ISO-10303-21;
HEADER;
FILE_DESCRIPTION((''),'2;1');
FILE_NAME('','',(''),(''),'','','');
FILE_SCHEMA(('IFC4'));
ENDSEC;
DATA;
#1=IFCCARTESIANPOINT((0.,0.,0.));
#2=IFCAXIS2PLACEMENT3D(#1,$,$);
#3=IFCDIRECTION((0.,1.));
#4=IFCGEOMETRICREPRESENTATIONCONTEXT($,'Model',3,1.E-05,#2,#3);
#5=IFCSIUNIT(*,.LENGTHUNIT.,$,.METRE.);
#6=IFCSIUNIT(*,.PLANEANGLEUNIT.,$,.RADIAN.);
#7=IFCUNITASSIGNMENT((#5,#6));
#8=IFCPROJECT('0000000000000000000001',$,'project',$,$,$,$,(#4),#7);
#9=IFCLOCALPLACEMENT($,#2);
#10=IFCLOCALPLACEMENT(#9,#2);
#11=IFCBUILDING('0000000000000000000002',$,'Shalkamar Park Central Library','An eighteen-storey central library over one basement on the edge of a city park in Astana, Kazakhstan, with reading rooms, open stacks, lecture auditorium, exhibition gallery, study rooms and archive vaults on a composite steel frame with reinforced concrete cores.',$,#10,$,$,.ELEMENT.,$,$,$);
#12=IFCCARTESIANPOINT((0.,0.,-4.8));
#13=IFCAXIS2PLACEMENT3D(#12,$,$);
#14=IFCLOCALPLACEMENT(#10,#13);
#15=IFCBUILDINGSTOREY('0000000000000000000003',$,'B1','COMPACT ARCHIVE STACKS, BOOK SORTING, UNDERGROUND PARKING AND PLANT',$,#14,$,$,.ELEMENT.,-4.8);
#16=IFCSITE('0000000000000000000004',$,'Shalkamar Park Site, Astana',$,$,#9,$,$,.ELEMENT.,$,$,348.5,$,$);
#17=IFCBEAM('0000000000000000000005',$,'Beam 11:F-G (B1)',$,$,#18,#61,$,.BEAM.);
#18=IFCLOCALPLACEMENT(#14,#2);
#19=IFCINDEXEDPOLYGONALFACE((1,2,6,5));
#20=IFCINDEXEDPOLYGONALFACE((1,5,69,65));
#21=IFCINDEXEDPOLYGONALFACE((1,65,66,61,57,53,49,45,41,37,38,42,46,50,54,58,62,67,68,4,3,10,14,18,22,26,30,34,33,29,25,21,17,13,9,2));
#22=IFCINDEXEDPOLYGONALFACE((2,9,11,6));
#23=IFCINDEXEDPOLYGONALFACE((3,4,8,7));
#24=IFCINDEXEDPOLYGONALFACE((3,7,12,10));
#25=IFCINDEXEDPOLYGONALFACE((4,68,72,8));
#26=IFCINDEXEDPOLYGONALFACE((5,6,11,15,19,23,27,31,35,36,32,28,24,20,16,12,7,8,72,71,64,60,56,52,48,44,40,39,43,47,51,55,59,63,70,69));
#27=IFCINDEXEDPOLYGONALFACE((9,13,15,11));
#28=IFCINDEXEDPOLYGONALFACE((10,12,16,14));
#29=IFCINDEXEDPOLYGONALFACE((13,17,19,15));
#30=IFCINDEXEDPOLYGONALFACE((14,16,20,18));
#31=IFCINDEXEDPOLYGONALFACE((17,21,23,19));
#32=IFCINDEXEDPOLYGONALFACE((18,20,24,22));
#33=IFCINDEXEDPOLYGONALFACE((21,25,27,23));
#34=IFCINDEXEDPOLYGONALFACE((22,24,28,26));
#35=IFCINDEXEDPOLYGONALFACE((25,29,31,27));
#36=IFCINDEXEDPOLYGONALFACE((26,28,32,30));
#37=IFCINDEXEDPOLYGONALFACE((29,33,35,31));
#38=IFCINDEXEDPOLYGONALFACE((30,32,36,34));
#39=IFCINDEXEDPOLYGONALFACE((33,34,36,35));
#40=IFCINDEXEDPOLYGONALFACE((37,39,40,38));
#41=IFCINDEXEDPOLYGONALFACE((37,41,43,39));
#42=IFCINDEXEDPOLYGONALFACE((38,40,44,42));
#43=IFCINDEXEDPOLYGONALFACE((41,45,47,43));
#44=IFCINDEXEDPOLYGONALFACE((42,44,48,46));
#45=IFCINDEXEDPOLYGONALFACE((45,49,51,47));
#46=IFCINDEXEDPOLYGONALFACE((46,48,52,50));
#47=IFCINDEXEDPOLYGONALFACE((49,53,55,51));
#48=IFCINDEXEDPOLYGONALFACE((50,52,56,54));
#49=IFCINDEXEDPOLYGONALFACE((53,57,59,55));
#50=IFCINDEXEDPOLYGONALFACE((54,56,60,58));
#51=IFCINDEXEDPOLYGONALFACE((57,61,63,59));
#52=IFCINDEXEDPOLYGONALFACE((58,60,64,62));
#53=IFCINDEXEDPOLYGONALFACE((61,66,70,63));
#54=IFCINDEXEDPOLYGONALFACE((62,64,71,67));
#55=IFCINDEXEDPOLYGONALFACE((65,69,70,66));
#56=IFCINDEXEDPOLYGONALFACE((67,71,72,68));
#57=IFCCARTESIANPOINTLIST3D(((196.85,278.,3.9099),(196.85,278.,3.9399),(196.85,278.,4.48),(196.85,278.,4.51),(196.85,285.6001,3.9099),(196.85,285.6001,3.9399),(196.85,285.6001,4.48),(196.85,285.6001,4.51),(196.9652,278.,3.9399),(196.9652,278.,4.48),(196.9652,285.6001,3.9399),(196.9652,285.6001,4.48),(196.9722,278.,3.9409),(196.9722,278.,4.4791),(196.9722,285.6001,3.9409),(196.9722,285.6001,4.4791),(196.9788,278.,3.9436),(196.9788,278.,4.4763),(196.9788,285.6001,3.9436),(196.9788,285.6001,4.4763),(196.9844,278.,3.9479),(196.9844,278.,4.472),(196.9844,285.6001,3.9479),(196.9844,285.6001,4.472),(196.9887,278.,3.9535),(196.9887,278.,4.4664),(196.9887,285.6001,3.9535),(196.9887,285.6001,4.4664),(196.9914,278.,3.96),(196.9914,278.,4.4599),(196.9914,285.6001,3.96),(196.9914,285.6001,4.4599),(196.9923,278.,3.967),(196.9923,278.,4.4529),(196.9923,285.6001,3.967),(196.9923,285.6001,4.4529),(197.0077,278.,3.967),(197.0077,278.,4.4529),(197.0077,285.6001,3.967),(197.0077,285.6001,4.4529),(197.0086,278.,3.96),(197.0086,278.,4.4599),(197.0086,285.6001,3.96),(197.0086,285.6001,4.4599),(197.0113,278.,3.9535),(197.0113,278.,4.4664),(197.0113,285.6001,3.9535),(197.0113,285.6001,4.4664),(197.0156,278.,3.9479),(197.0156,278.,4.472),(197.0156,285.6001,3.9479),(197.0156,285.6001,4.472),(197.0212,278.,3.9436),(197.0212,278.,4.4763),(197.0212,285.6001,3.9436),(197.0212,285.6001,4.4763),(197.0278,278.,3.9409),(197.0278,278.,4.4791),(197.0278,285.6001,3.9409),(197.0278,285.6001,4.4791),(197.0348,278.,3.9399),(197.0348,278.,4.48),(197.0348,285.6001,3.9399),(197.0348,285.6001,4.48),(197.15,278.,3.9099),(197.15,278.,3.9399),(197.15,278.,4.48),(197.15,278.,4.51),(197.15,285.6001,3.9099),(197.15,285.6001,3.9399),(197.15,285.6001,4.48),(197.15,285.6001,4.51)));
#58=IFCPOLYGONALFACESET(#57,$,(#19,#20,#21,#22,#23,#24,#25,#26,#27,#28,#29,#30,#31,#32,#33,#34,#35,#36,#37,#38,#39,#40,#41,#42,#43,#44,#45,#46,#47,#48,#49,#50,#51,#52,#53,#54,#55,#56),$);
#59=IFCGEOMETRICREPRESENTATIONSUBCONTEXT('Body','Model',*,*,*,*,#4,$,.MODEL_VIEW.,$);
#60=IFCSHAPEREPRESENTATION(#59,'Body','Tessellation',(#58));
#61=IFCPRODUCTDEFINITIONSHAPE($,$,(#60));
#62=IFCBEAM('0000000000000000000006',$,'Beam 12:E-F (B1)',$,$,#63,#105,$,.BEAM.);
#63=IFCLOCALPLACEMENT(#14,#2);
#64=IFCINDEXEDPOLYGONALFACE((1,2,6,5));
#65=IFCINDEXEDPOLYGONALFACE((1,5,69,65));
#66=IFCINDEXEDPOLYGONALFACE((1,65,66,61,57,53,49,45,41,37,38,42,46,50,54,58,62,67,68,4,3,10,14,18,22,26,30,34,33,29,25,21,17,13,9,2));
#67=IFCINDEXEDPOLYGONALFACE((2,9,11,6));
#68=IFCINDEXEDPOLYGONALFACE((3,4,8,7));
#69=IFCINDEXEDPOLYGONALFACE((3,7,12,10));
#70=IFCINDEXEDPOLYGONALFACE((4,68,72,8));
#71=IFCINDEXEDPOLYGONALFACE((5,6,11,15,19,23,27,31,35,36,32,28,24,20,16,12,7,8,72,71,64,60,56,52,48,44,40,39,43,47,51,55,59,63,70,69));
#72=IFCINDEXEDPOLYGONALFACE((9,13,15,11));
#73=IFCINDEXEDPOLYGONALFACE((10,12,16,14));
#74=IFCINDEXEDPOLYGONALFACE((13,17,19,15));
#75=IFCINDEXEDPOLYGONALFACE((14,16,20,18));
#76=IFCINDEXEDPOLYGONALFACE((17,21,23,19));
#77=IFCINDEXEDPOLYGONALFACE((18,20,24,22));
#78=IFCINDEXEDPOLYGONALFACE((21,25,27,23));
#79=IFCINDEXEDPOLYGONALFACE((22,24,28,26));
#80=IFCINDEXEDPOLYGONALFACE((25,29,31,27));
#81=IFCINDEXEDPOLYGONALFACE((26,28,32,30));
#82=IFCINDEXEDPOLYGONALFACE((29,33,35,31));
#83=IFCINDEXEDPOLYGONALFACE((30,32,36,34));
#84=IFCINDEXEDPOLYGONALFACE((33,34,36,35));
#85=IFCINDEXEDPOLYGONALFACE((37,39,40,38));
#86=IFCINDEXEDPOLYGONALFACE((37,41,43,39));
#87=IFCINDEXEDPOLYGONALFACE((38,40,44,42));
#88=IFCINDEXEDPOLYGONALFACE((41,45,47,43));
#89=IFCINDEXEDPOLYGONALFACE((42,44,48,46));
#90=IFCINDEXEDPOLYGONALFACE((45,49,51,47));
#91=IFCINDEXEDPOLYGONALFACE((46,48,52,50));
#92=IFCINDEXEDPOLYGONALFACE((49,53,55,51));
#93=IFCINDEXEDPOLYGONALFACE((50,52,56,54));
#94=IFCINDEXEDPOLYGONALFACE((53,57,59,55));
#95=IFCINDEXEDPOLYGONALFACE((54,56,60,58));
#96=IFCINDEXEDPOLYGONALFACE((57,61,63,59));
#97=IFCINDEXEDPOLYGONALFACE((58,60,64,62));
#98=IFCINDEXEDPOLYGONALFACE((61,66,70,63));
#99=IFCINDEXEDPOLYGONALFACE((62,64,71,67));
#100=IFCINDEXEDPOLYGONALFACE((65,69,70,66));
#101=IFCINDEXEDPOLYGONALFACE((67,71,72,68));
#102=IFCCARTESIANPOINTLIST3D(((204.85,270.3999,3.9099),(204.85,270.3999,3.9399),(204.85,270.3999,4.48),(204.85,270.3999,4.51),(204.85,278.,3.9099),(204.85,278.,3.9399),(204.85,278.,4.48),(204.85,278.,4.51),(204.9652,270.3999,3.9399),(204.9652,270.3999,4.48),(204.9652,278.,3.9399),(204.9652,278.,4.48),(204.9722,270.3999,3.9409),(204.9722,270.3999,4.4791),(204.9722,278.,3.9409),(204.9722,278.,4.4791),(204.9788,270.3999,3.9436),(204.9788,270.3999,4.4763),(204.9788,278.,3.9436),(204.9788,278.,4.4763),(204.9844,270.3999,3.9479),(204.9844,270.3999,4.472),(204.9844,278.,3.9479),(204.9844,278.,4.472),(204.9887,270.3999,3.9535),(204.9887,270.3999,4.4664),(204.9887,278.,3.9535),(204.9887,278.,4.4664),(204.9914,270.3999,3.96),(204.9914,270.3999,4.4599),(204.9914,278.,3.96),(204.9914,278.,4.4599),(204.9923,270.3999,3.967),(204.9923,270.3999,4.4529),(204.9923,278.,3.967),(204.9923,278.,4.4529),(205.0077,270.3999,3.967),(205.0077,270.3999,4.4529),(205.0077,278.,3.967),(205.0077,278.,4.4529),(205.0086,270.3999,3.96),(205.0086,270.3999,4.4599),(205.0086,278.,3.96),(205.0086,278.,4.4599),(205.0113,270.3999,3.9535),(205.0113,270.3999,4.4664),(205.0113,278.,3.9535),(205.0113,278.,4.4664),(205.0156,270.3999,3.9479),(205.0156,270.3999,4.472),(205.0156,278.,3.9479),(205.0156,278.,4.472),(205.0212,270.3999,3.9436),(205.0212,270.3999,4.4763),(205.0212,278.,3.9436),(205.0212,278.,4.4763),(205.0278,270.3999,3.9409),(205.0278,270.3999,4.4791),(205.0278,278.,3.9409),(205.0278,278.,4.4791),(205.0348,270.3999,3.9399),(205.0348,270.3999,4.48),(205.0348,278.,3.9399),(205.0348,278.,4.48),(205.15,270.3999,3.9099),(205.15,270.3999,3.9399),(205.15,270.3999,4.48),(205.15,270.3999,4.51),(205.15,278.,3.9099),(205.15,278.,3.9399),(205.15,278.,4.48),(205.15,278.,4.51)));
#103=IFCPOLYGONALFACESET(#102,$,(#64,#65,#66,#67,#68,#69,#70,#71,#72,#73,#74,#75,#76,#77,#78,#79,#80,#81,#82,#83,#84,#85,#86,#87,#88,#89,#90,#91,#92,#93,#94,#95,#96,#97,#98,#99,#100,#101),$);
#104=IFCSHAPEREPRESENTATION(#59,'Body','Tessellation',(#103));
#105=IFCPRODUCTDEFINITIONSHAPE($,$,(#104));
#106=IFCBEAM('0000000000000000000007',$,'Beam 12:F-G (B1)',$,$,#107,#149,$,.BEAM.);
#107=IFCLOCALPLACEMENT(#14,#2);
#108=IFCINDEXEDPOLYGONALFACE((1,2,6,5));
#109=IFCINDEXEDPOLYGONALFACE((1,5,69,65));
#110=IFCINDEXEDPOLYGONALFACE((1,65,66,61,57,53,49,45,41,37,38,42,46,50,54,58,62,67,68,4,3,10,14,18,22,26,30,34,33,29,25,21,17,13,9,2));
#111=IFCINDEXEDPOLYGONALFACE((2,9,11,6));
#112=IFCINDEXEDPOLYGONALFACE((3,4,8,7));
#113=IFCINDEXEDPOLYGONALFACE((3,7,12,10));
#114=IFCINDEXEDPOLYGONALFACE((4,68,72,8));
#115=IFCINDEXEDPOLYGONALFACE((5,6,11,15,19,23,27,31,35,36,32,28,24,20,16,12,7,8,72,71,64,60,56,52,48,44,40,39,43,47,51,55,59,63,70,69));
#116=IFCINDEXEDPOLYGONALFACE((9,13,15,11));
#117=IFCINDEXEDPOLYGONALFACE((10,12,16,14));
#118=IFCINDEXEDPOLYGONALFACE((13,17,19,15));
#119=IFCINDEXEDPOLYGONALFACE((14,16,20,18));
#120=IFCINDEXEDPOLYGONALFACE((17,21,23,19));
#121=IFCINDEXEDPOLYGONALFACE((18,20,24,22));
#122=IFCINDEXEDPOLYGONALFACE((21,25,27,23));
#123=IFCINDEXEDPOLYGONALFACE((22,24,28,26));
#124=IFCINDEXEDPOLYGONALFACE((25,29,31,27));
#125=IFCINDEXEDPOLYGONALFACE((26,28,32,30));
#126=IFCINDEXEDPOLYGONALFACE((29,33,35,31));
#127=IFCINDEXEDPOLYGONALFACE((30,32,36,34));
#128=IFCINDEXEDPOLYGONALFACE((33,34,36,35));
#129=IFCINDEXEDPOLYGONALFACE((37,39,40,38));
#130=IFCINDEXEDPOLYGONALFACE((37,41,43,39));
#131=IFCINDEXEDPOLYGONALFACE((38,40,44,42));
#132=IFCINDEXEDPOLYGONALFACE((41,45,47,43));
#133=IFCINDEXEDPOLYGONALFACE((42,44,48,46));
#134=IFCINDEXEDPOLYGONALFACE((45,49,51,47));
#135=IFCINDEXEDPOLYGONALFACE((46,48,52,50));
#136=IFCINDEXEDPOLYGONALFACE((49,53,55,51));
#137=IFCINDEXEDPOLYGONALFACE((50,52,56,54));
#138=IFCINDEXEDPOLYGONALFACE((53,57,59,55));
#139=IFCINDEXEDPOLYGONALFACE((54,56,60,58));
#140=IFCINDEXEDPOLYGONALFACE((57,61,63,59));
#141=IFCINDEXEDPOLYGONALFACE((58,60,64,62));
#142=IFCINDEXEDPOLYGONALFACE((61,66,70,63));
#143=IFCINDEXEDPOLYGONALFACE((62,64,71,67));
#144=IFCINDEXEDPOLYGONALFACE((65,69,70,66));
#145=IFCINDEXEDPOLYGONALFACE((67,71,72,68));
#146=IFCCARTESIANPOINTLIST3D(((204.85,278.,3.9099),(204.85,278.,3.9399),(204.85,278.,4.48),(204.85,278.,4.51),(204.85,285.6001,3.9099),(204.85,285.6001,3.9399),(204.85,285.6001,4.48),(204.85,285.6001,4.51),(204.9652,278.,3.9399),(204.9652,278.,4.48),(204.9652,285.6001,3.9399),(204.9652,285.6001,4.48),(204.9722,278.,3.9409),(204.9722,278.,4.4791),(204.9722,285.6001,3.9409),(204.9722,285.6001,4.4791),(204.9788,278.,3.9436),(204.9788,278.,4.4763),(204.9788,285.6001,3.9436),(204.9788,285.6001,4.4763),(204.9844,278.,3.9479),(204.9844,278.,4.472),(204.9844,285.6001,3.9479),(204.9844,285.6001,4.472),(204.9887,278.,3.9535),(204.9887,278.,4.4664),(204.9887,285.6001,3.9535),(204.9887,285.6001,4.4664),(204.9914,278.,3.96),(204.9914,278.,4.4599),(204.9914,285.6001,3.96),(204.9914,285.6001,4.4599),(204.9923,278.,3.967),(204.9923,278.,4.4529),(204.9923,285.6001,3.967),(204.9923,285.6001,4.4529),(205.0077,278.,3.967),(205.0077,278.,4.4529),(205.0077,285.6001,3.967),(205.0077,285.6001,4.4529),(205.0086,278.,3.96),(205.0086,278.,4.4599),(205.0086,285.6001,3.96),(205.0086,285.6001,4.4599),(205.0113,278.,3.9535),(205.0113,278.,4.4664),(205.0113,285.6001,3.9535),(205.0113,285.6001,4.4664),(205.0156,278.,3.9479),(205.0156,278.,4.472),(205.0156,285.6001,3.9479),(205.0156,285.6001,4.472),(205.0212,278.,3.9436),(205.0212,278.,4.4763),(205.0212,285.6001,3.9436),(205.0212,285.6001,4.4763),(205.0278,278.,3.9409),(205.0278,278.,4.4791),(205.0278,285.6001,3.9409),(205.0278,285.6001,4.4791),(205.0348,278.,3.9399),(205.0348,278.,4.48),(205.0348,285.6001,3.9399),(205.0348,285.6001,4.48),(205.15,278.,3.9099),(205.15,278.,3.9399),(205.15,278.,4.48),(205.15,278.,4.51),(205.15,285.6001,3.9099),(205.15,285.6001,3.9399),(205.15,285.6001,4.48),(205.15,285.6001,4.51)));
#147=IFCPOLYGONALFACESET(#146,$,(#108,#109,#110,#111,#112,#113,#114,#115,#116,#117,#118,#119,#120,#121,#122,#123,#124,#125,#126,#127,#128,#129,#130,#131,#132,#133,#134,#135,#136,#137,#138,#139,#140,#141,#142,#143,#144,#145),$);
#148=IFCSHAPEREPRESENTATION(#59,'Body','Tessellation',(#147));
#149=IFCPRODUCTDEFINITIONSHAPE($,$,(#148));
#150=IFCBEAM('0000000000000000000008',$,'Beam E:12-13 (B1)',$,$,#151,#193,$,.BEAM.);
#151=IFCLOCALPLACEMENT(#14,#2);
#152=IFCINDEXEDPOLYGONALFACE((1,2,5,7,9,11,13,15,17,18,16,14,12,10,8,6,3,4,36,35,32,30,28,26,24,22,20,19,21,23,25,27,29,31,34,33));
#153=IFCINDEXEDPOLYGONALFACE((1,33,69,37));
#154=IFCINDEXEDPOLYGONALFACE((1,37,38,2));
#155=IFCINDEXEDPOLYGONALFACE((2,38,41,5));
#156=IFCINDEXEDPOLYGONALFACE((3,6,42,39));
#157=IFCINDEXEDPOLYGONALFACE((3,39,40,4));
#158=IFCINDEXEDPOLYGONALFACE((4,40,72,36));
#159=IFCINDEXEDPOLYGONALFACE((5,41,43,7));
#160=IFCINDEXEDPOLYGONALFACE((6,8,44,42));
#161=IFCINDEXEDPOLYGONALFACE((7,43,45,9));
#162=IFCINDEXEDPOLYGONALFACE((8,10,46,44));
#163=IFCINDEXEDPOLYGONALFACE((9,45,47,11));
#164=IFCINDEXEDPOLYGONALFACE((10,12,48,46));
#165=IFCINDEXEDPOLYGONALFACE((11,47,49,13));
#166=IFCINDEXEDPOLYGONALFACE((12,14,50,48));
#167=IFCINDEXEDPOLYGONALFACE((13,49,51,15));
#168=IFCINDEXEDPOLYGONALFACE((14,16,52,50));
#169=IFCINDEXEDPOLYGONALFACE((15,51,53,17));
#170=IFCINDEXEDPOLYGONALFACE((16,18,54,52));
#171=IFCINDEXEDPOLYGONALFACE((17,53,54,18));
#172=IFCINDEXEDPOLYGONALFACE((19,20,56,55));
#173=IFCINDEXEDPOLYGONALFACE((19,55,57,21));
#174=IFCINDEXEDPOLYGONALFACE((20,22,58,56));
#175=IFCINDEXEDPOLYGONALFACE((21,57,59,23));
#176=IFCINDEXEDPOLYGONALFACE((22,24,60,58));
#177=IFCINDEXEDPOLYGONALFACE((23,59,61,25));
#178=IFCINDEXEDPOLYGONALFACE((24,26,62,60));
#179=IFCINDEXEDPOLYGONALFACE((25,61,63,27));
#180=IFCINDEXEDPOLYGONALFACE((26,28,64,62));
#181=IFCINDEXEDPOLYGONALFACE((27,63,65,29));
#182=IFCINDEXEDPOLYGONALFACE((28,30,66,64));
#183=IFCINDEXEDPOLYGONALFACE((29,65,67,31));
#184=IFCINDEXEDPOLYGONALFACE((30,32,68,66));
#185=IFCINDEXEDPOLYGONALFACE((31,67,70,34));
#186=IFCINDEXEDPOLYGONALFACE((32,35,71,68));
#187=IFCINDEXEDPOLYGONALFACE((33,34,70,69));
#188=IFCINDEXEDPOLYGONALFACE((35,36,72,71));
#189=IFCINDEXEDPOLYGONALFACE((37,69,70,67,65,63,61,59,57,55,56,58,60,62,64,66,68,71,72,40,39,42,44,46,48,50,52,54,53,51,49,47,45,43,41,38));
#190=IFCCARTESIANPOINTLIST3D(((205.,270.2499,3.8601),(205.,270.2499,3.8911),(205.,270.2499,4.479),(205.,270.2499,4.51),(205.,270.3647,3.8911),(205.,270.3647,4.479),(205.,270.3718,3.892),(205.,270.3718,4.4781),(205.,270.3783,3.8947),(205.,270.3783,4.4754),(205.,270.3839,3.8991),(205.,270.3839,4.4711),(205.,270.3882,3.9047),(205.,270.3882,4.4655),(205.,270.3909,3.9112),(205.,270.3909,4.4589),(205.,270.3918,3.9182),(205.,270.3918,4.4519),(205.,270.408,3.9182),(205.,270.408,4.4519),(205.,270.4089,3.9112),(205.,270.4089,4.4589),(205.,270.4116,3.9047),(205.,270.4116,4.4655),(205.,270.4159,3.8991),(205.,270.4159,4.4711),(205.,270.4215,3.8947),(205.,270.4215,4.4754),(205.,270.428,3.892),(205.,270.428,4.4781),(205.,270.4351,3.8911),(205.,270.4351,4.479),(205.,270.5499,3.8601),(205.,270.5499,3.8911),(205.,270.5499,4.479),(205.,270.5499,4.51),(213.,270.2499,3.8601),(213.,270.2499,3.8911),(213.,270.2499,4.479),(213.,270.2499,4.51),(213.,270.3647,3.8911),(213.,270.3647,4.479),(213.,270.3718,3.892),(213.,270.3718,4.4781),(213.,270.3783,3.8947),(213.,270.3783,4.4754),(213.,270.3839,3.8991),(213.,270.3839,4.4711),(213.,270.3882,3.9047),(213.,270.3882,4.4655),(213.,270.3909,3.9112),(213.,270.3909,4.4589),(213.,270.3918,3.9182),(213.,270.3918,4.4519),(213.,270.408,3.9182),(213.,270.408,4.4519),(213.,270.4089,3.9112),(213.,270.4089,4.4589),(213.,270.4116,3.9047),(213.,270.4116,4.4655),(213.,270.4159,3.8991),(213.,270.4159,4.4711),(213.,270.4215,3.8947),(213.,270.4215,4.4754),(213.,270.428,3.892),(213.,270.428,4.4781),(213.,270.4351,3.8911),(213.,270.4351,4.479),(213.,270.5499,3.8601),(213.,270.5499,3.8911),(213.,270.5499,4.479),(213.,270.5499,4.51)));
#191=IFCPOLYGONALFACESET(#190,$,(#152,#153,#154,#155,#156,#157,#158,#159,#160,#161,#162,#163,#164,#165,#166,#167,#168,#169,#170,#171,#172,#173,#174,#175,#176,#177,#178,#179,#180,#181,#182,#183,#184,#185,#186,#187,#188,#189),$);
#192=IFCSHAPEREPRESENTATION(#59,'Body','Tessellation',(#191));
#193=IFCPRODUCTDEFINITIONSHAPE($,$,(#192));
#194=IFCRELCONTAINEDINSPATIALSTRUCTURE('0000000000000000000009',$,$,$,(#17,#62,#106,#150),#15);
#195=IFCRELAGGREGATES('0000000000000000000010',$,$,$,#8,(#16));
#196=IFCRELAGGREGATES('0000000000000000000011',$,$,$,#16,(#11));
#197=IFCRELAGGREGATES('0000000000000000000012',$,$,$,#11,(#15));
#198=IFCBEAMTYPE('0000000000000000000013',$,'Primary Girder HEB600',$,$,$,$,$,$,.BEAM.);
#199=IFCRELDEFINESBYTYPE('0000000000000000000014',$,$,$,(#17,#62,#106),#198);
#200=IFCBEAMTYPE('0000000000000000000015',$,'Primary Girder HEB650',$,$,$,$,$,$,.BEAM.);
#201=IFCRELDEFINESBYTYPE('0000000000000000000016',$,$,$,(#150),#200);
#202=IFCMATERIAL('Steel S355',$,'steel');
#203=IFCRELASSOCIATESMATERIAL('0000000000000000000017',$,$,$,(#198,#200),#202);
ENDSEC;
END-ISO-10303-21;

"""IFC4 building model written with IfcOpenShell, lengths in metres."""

from ifc_helpers import new_model, si_unit, direction, frame, origin, origin_2d, place, context, subcontext, project, spatial, i_section, extrude, material, material_profile, profile_set, type_object, element, save


model = new_model("IFC4")

# Units and contexts
model_context = context("Model", 3, precision=1e-05, world=origin(), true_north=direction((0.0, 1.0)))
body_context = subcontext(model_context, "Body", "Model", "MODEL_VIEW")
ifc_project = project(units=[si_unit("LENGTHUNIT", "METRE"), si_unit("PLANEANGLEUNIT", "RADIAN")], contexts=[model_context])

# Site, building, storey
site_placement = place(None, origin())
site = spatial("IfcSite", under=ifc_project, at=site_placement, Name="Shalkamar Park Site, Astana", CompositionType="ELEMENT", RefElevation=348.5)
building_placement = place(site_placement, origin())
building = spatial("IfcBuilding", under=site, at=building_placement, Name="Shalkamar Park Central Library", Description="An eighteen-storey central library over one basement on the edge of a city park in Astana, Kazakhstan, with reading rooms, open stacks, lecture auditorium, exhibition gallery, study rooms and archive vaults on a composite steel frame with reinforced concrete cores.", CompositionType="ELEMENT")
storey_placement = place(building_placement, frame((0.0, 0.0, -4.8)))
storey = spatial("IfcBuildingStorey", under=building, at=storey_placement, Name="B1", Description="COMPACT ARCHIVE STACKS, BOOK SORTING, UNDERGROUND PARKING AND PLANT", CompositionType="ELEMENT", Elevation=-4.8)

# Shared definitions
ifc_material_1 = material(Name="Steel S355", Category="steel")

# Beams
ifc_material_profile_1 = material_profile(ifc_material_1, i_section(OverallWidth=0.3, OverallDepth=0.6001, WebThickness=0.0154, FlangeThickness=0.03, FilletRadius=0.0271, at=origin_2d()), Name="HEB 600")
ifc_profile_set_1 = profile_set([ifc_material_profile_1], Name="Steel S355")
beam_type_1 = type_object("IfcBeamType", Name="Primary Girder HEB600", PredefinedType="BEAM", material=ifc_profile_set_1)
for number, where, z_axis, x_axis, name in (
    (1, (197.0, 278.0, 4.21), (0.0, 1.0, 0.0), (-1.0, 0.0, 0.0), "Beam 11:F-G (B1)"),
    (2, (205.0, 270.3999, 4.21), (0.0, 1.0, 0.0), (-1.0, 0.0, 0.0), "Beam 12:E-F (B1)"),
    (3, (205.0, 278.0, 4.21), (0.0, 1.0, 0.0), (-1.0, 0.0, 0.0), "Beam 12:F-G (B1)"),
):
    element("IfcBeam", number, at=place(storey_placement, frame(where, z_axis=z_axis, x_axis=x_axis)), inside=storey, type_object=beam_type_1, Name=name, PredefinedType="BEAM", context=body_context, shape_type="SweptSolid", body=[
        extrude(i_section(OverallWidth=0.3, OverallDepth=0.6001, WebThickness=0.0154, FlangeThickness=0.03, FilletRadius=0.0271, at=origin_2d()), origin(), (0.0, 0.0, 1.0), 7.6001),
    ])
ifc_material_profile_2 = material_profile(ifc_material_1, i_section(OverallWidth=0.3, OverallDepth=0.6499, WebThickness=0.0161, FlangeThickness=0.031, FilletRadius=0.0271, at=origin_2d()), Name="HEB 650")
ifc_profile_set_2 = profile_set([ifc_material_profile_2], Name="Steel S355")
beam_type_2 = type_object("IfcBeamType", Name="Primary Girder HEB650", PredefinedType="BEAM", material=ifc_profile_set_2)
for number, where, z_axis, x_axis, name in (
    (4, (205.0, 270.3999, 4.1851), (1.0, 0.0, 0.0), (0.0, 1.0, 0.0), "Beam E:12-13 (B1)"),
):
    element("IfcBeam", number, at=place(storey_placement, frame(where, z_axis=z_axis, x_axis=x_axis)), inside=storey, type_object=beam_type_2, Name=name, PredefinedType="BEAM", context=body_context, shape_type="SweptSolid", body=[
        extrude(i_section(OverallWidth=0.3, OverallDepth=0.6499, WebThickness=0.0161, FlangeThickness=0.031, FilletRadius=0.0271, at=origin_2d()), origin(), (0.0, 0.0, 1.0), 8.0),
    ])

save(model, "model.ifc")
